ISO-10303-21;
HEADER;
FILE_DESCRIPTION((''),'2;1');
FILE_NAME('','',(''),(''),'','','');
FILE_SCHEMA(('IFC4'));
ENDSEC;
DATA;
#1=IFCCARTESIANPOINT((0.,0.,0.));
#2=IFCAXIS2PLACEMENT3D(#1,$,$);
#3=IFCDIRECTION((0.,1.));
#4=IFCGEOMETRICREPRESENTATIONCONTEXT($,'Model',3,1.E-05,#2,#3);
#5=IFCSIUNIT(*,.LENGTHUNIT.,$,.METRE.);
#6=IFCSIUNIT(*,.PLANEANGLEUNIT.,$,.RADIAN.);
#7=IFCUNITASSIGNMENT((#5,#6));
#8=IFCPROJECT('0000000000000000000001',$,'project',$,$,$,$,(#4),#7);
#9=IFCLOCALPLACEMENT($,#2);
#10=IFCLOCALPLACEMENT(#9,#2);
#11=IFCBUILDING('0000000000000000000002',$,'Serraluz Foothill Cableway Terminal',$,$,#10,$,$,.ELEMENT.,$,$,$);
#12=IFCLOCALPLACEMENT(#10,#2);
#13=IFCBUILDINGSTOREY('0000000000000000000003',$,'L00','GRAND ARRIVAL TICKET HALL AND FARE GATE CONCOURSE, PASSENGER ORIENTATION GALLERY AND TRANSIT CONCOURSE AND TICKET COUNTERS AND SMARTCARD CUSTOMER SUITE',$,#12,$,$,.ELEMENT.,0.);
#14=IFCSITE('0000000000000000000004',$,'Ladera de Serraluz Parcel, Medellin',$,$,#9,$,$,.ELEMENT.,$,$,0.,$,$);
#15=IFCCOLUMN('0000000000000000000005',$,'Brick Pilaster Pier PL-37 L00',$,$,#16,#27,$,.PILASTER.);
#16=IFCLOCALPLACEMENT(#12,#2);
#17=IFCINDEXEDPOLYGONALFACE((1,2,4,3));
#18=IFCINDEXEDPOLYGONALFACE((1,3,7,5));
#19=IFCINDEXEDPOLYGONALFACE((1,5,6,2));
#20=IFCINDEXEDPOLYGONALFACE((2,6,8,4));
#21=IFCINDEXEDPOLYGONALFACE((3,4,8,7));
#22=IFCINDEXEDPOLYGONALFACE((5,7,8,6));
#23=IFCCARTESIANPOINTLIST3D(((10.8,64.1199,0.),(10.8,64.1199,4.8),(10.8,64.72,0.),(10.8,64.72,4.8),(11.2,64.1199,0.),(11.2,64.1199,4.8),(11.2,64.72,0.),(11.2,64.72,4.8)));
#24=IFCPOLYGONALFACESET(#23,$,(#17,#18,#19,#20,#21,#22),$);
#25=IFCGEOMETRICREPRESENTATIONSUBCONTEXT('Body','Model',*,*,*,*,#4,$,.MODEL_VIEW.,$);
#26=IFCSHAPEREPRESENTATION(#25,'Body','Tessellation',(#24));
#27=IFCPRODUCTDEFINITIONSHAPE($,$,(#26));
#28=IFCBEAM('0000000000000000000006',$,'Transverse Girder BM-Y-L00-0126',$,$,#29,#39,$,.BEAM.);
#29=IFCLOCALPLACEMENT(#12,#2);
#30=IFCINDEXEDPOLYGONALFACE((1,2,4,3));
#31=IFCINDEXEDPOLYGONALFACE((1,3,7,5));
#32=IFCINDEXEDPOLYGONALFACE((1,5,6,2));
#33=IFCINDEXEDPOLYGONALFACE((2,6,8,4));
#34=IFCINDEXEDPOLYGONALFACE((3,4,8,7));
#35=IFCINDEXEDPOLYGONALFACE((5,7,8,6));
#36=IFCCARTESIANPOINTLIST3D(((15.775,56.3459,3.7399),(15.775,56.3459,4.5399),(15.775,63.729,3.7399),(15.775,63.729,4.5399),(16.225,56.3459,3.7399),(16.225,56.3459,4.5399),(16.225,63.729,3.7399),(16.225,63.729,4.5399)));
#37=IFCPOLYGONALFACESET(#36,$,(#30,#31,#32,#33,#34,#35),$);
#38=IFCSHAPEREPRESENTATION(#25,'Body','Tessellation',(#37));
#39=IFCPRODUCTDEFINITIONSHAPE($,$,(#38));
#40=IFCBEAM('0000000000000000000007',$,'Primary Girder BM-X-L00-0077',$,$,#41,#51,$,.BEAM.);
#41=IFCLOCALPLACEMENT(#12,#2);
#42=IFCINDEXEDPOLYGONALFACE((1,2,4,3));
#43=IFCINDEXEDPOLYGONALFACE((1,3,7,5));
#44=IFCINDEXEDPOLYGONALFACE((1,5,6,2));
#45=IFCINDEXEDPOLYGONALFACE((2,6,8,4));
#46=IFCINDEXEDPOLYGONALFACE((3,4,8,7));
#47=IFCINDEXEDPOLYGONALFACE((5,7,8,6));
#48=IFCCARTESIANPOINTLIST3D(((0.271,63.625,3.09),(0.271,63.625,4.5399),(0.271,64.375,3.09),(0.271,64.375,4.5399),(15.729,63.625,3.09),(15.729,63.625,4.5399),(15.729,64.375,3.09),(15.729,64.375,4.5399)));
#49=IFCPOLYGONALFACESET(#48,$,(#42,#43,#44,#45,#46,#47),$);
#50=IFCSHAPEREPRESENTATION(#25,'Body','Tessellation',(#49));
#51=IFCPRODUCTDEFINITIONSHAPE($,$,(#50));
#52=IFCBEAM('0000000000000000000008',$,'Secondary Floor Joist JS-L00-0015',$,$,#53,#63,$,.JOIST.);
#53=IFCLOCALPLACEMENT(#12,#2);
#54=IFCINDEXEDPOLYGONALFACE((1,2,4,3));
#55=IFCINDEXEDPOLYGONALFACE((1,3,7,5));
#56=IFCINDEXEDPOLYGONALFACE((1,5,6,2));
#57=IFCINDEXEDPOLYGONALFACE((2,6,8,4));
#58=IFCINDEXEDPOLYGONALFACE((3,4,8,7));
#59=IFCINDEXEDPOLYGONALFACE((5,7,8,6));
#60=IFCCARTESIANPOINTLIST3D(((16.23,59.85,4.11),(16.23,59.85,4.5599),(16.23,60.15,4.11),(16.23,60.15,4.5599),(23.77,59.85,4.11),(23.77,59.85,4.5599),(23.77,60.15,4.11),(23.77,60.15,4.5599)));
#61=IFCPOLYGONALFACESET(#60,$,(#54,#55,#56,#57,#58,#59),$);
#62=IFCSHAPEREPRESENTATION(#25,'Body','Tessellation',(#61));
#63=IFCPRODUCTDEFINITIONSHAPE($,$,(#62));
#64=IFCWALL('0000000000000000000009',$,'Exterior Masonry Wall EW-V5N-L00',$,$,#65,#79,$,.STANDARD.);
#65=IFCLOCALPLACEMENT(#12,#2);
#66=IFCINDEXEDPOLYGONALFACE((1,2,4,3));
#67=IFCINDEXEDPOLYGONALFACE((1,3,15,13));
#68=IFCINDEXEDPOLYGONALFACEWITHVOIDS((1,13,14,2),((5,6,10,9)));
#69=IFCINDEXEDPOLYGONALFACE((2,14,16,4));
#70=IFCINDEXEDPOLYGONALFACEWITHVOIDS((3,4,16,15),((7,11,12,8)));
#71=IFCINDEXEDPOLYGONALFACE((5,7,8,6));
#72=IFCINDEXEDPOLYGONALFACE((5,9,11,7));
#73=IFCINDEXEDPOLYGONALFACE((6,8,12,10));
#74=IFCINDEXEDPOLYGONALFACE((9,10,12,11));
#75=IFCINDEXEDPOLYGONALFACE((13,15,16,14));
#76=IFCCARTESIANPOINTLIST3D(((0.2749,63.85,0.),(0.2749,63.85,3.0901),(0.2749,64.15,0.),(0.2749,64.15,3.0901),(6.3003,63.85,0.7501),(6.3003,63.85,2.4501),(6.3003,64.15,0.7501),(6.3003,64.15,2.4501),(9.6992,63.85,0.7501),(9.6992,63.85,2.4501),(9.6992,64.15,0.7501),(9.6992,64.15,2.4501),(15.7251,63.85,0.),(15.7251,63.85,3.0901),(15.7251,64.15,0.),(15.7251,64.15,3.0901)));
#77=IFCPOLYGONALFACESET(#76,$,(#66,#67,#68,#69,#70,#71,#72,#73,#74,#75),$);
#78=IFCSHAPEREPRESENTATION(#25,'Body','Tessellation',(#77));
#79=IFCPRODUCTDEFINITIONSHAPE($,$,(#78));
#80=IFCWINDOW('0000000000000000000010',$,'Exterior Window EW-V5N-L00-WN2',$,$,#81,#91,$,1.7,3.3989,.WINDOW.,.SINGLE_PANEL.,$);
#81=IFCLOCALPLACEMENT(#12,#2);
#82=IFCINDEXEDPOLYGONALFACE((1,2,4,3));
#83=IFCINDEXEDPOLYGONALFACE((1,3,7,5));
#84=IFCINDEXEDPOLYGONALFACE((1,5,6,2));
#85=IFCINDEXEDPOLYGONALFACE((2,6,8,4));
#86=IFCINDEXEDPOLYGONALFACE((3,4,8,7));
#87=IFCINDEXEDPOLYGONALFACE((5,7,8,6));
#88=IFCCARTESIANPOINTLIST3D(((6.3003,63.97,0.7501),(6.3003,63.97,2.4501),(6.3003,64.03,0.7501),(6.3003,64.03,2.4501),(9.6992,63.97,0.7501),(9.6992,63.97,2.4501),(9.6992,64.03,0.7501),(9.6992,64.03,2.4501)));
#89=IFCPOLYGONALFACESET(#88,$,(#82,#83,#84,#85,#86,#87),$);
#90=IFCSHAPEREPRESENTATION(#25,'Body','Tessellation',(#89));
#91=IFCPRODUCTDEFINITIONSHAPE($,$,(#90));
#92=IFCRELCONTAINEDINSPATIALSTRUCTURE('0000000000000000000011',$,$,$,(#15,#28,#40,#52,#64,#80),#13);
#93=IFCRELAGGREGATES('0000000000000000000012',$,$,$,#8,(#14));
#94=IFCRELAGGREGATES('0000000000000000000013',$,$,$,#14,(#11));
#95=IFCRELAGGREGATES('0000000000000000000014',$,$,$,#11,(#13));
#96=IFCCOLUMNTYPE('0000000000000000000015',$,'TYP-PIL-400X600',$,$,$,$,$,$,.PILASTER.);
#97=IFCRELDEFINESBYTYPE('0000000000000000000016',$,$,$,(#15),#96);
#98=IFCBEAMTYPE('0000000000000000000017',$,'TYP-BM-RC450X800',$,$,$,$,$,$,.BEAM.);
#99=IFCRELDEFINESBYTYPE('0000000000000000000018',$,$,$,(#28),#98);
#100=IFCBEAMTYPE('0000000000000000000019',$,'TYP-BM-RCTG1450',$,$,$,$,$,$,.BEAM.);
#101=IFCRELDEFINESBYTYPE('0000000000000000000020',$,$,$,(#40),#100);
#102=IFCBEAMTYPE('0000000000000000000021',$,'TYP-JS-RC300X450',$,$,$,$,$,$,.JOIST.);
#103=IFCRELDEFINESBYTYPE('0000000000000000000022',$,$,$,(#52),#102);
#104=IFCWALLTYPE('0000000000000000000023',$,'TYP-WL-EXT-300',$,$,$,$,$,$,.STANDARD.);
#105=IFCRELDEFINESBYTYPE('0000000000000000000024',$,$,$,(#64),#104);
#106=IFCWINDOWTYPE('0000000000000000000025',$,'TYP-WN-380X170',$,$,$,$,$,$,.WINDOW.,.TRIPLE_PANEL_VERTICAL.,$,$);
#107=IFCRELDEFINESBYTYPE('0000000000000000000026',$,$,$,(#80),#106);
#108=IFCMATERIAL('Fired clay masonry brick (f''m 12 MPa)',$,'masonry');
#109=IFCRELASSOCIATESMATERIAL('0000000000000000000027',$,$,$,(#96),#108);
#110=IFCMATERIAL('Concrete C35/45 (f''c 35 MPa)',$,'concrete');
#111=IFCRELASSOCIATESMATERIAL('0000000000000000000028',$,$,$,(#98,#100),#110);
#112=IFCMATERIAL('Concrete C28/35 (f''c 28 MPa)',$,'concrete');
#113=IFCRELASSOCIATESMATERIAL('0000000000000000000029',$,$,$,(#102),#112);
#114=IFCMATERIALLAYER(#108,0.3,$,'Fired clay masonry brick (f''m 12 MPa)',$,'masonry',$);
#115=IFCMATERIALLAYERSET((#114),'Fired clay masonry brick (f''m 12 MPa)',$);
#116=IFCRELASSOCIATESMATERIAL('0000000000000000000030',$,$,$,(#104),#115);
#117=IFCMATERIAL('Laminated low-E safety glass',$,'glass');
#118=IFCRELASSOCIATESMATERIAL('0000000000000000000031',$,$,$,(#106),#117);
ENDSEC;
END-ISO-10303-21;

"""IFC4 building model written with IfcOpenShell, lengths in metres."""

from ifc_helpers import new_model, si_unit, direction, frame, frame_2d, origin, origin_2d, place, context, subcontext, project, spatial, rectangle, extrude, material, layer, layer_set, material_profile, profile_set, type_object, element, fill, save


model = new_model("IFC4")

# Units and contexts
model_context = context("Model", 3, precision=1e-05, world=origin(), true_north=direction((0.0, 1.0)))
body_context = subcontext(model_context, "Body", "Model", "MODEL_VIEW")
ifc_project = project(units=[si_unit("LENGTHUNIT", "METRE"), si_unit("PLANEANGLEUNIT", "RADIAN")], contexts=[model_context])

# Site, building, storey
site_placement = place(None, origin())
site = spatial("IfcSite", under=ifc_project, at=site_placement, Name="Ladera de Serraluz Parcel, Medellin", CompositionType="ELEMENT", RefElevation=0.0)
building_placement = place(site_placement, origin())
building = spatial("IfcBuilding", under=site, at=building_placement, Name="Serraluz Foothill Cableway Terminal", CompositionType="ELEMENT")
storey_placement = place(building_placement, origin())
storey = spatial("IfcBuildingStorey", under=building, at=storey_placement, Name="L00", Description="GRAND ARRIVAL TICKET HALL AND FARE GATE CONCOURSE, PASSENGER ORIENTATION GALLERY AND TRANSIT CONCOURSE AND TICKET COUNTERS AND SMARTCARD CUSTOMER SUITE", CompositionType="ELEMENT", Elevation=0.0)

# Shared definitions
ifc_material_1 = material(Name="Concrete C35/45 (f'c 35 MPa)", Category="concrete")

# Shared definitions
ifc_material_2 = material(Name="Concrete C28/35 (f'c 28 MPa)", Category="concrete")

# Column
ifc_material_3 = material(Name="Fired clay masonry brick (f'm 12 MPa)", Category="masonry")
ifc_material_profile_1 = material_profile(ifc_material_3, rectangle(XDim=0.3999, YDim=0.6001, at=origin_2d()), Name="PIL 400x600")
ifc_profile_set_1 = profile_set([ifc_material_profile_1], Name="Fired clay masonry brick (f'm 12 MPa)")
column_type_1 = type_object("IfcColumnType", Name="TYP-PIL-400X600", PredefinedType="PILASTER", material=ifc_profile_set_1)
for number, where, z_axis, x_axis, name in (
    (1, (11.0, 64.4199, 0.0), (0.0, 0.0, 1.0), (1.0, 0.0, 0.0), "Brick Pilaster Pier PL-37 L00"),
):
    element("IfcColumn", number, at=place(storey_placement, frame(where, z_axis=z_axis, x_axis=x_axis)), inside=storey, type_object=column_type_1, Name=name, PredefinedType="PILASTER", context=body_context, shape_type="SweptSolid", body=[
        extrude(rectangle(XDim=0.3999, YDim=0.6001, at=origin_2d()), origin(), (0.0, 0.0, 1.0), 4.8),
    ])

# Beams
ifc_material_profile_2 = material_profile(ifc_material_1, rectangle(XDim=0.45, YDim=0.8, at=origin_2d()), Name="RC 450x800")
ifc_profile_set_2 = profile_set([ifc_material_profile_2], Name="Concrete C35/45 (f'c 35 MPa)")
beam_type_1 = type_object("IfcBeamType", Name="TYP-BM-RC450X800", PredefinedType="BEAM", material=ifc_profile_set_2)
beam_1_placement = place(storey_placement, frame((16.0, 56.3459, 4.1399), z_axis=(0.0, 1.0, 0.0), x_axis=(-1.0, 0.0, 0.0)))
element("IfcBeam", 2, at=beam_1_placement, inside=storey, type_object=beam_type_1, Name="Transverse Girder BM-Y-L00-0126", PredefinedType="BEAM", context=body_context, shape_type="SweptSolid", body=[
    extrude(rectangle(XDim=0.45, YDim=0.8, at=origin_2d()), origin(), (0.0, 0.0, 1.0), 7.3831),
])
ifc_material_profile_3 = material_profile(ifc_material_1, rectangle(XDim=0.75, YDim=1.45, at=origin_2d()), Name="RC TG 750x1450")
ifc_profile_set_3 = profile_set([ifc_material_profile_3], Name="Concrete C35/45 (f'c 35 MPa)")
beam_type_2 = type_object("IfcBeamType", Name="TYP-BM-RCTG1450", PredefinedType="BEAM", material=ifc_profile_set_3)
beam_2_placement = place(storey_placement, frame((0.271, 64.0, 3.8149), z_axis=(1.0, 0.0, 0.0), x_axis=(0.0, 1.0, 0.0)))
element("IfcBeam", 3, at=beam_2_placement, inside=storey, type_object=beam_type_2, Name="Primary Girder BM-X-L00-0077", PredefinedType="BEAM", context=body_context, shape_type="SweptSolid", body=[
    extrude(rectangle(XDim=0.75, YDim=1.45, at=origin_2d()), origin(), (0.0, 0.0, 1.0), 15.458),
])
ifc_material_profile_4 = material_profile(ifc_material_2, rectangle(XDim=0.3, YDim=0.45, at=origin_2d()), Name="RC 300x450")
ifc_profile_set_4 = profile_set([ifc_material_profile_4], Name="Concrete C28/35 (f'c 28 MPa)")
beam_type_3 = type_object("IfcBeamType", Name="TYP-JS-RC300X450", PredefinedType="JOIST", material=ifc_profile_set_4)
beam_3_placement = place(storey_placement, frame((16.23, 60.0, 4.335), z_axis=(1.0, 0.0, 0.0), x_axis=(0.0, 1.0, 0.0)))
element("IfcBeam", 4, at=beam_3_placement, inside=storey, type_object=beam_type_3, Name="Secondary Floor Joist JS-L00-0015", PredefinedType="JOIST", context=body_context, shape_type="SweptSolid", body=[
    extrude(rectangle(XDim=0.3, YDim=0.45, at=origin_2d()), origin(), (0.0, 0.0, 1.0), 7.54),
])

# Wall, opening, window
ifc_layer_1 = layer(ifc_material_3, 0.3, Name="Fired clay masonry brick (f'm 12 MPa)", Category="masonry")
ifc_layer_set_1 = layer_set([ifc_layer_1], Name="Fired clay masonry brick (f'm 12 MPa)")
wall_type_1 = type_object("IfcWallType", Name="TYP-WL-EXT-300", PredefinedType="STANDARD", material=ifc_layer_set_1)
wall_1_placement = place(storey_placement, frame((0.2749, 64.0, 0.0), z_axis=(0.0, 0.0, 1.0), x_axis=(1.0, 0.0, 0.0)))
wall_1 = element("IfcWall", 5, at=wall_1_placement, inside=storey, type_object=wall_type_1, Name="Exterior Masonry Wall EW-V5N-L00", PredefinedType="STANDARD", context=body_context, shape_type="SweptSolid", body=[
    extrude(rectangle(XDim=15.4502, YDim=0.3, at=frame_2d((7.7251, 0.0))), origin(), (0.0, 0.0, 1.0), 3.0901),
])
opening_1_placement = place(wall_1_placement, frame((6.0254, 0.0, 0.75)))
opening_1 = element("IfcOpeningElement", 6, at=opening_1_placement, cuts=wall_1, PredefinedType="OPENING", context=body_context, shape_type="SweptSolid", body=[
    extrude(rectangle(XDim=3.3989, YDim=1.7, at=frame_2d((1.6995, 0.8501))), frame((0.0, 0.1602, 0.0), z_axis=(0.0, -1.0, 0.0), x_axis=(1.0, 0.0, 0.0)), (0.0, 0.0, 1.0), 0.3201),
])
ifc_material_4 = material(Name="Laminated low-E safety glass", Category="glass")
window_type = type_object("IfcWindowType", Name="TYP-WN-380X170", PartitioningType="TRIPLE_PANEL_VERTICAL", PredefinedType="WINDOW", material=ifc_material_4)
window_placement = place(opening_1_placement, origin())
window = element("IfcWindow", 7, at=window_placement, inside=storey, type_object=window_type, Name="Exterior Window EW-V5N-L00-WN2", OverallHeight=1.7, OverallWidth=3.3989, PartitioningType="SINGLE_PANEL", PredefinedType="WINDOW", context=body_context, shape_type="SweptSolid", body=[
    extrude(rectangle(XDim=3.3989, YDim=1.7, at=frame_2d((1.6995, 0.8501))), frame((0.0, 0.03, 0.0), z_axis=(0.0, -1.0, 0.0), x_axis=(1.0, 0.0, 0.0)), (0.0, 0.0, 1.0), 0.0601),
])
fill(opening_1, window)

save(model, "model.ifc")
